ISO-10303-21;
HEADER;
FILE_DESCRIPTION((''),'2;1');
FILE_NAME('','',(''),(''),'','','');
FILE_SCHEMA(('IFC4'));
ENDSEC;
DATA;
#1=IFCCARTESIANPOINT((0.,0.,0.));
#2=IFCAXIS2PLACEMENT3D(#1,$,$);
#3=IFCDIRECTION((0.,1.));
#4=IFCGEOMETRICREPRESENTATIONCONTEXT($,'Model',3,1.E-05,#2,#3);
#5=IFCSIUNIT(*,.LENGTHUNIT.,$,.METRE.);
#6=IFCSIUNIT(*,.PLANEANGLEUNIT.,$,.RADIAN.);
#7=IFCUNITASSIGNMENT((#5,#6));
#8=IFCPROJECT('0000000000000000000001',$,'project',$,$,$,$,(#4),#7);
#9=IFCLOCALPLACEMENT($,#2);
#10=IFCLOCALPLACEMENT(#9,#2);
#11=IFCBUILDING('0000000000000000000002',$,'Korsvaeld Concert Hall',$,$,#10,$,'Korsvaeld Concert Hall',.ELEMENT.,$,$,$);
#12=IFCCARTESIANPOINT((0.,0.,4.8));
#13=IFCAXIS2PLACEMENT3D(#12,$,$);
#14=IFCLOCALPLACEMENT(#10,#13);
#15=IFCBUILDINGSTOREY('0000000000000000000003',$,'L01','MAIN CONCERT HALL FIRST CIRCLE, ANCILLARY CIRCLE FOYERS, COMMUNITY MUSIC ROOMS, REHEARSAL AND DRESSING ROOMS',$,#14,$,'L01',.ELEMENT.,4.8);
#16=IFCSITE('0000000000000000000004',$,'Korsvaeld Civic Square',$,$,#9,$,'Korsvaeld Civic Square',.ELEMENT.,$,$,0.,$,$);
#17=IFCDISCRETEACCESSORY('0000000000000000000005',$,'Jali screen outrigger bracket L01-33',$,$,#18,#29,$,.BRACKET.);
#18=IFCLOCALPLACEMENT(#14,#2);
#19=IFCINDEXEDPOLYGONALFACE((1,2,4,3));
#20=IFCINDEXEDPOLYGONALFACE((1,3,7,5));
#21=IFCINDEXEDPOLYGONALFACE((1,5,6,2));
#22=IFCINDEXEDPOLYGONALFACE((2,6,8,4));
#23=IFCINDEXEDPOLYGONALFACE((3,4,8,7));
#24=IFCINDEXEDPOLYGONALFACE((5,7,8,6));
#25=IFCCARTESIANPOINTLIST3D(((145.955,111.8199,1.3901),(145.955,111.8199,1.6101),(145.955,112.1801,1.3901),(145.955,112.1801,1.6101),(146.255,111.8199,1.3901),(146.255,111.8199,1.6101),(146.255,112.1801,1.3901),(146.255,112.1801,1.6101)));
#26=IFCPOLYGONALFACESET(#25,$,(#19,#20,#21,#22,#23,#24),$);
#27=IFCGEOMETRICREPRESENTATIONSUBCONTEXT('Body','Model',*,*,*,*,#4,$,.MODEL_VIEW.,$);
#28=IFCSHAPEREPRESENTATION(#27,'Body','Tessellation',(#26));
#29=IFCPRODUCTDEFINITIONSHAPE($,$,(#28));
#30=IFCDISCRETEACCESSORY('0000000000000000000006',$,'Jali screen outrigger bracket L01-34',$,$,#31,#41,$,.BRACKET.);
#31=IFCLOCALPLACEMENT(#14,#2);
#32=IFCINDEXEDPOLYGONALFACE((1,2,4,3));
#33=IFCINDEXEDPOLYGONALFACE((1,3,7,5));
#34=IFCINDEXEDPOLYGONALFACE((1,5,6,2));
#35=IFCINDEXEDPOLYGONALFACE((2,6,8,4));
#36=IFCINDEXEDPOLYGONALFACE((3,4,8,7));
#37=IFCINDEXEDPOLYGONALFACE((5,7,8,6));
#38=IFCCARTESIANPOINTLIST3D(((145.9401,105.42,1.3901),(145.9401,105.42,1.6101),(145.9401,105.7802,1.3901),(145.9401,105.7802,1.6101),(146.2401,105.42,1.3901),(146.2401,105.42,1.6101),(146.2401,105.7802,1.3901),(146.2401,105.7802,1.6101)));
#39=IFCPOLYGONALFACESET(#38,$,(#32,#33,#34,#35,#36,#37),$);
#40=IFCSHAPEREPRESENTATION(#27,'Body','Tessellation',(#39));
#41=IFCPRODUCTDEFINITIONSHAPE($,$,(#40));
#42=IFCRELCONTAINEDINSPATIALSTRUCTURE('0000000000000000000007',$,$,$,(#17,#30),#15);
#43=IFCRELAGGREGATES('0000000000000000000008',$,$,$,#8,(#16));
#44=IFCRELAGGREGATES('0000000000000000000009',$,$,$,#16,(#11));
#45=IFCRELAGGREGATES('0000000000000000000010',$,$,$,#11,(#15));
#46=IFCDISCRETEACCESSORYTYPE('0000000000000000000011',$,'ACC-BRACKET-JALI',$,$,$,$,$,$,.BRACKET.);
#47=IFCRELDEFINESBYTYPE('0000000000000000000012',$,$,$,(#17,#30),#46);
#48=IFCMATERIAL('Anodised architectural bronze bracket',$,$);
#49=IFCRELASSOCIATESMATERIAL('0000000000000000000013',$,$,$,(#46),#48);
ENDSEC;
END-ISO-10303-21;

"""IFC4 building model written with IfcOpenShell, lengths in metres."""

from ifc_helpers import new_model, si_unit, direction, frame, origin, origin_2d, place, context, subcontext, project, spatial, rectangle, extrude, material, type_object, element, save


model = new_model("IFC4")

# Units and contexts
model_context = context("Model", 3, precision=1e-05, world=origin(), true_north=direction((0.0, 1.0)))
body_context = subcontext(model_context, "Body", "Model", "MODEL_VIEW")
ifc_project = project(units=[si_unit("LENGTHUNIT", "METRE"), si_unit("PLANEANGLEUNIT", "RADIAN")], contexts=[model_context])

# Site, building, storey
site_placement = place(None, origin())
site = spatial("IfcSite", under=ifc_project, at=site_placement, Name="Korsvaeld Civic Square", LongName="Korsvaeld Civic Square", CompositionType="ELEMENT", RefElevation=0.0)
building_placement = place(site_placement, origin())
building = spatial("IfcBuilding", under=site, at=building_placement, Name="Korsvaeld Concert Hall", LongName="Korsvaeld Concert Hall", CompositionType="ELEMENT")
storey_placement = place(building_placement, frame((0.0, 0.0, 4.8)))
storey = spatial("IfcBuildingStorey", under=building, at=storey_placement, Name="L01", Description="MAIN CONCERT HALL FIRST CIRCLE, ANCILLARY CIRCLE FOYERS, COMMUNITY MUSIC ROOMS, REHEARSAL AND DRESSING ROOMS", LongName="L01", CompositionType="ELEMENT", Elevation=4.8)

# Discrete accessories
ifc_material_1 = material(Name="Anodised architectural bronze bracket")
discrete_accessory_type = type_object("IfcDiscreteAccessoryType", Name="ACC-BRACKET-JALI", PredefinedType="BRACKET", material=ifc_material_1)
for number, where, z_axis, x_axis, name in (
    (1, (146.105, 112.0, 1.3901), (0.0, 0.0, 1.0), (0.0, -1.0, 0.0), "Jali screen outrigger bracket L01-33"),
    (2, (146.0901, 105.6001, 1.3901), (0.0, 0.0, 1.0), (0.0, -1.0, 0.0), "Jali screen outrigger bracket L01-34"),
):
    element("IfcDiscreteAccessory", number, at=place(storey_placement, frame(where, z_axis=z_axis, x_axis=x_axis)), inside=storey, type_object=discrete_accessory_type, Name=name, PredefinedType="BRACKET", context=body_context, shape_type="SweptSolid", body=[
        extrude(rectangle(XDim=0.3601, YDim=0.3, at=origin_2d()), origin(), (0.0, 0.0, 1.0), 0.22),
    ])

save(model, "model.ifc")
